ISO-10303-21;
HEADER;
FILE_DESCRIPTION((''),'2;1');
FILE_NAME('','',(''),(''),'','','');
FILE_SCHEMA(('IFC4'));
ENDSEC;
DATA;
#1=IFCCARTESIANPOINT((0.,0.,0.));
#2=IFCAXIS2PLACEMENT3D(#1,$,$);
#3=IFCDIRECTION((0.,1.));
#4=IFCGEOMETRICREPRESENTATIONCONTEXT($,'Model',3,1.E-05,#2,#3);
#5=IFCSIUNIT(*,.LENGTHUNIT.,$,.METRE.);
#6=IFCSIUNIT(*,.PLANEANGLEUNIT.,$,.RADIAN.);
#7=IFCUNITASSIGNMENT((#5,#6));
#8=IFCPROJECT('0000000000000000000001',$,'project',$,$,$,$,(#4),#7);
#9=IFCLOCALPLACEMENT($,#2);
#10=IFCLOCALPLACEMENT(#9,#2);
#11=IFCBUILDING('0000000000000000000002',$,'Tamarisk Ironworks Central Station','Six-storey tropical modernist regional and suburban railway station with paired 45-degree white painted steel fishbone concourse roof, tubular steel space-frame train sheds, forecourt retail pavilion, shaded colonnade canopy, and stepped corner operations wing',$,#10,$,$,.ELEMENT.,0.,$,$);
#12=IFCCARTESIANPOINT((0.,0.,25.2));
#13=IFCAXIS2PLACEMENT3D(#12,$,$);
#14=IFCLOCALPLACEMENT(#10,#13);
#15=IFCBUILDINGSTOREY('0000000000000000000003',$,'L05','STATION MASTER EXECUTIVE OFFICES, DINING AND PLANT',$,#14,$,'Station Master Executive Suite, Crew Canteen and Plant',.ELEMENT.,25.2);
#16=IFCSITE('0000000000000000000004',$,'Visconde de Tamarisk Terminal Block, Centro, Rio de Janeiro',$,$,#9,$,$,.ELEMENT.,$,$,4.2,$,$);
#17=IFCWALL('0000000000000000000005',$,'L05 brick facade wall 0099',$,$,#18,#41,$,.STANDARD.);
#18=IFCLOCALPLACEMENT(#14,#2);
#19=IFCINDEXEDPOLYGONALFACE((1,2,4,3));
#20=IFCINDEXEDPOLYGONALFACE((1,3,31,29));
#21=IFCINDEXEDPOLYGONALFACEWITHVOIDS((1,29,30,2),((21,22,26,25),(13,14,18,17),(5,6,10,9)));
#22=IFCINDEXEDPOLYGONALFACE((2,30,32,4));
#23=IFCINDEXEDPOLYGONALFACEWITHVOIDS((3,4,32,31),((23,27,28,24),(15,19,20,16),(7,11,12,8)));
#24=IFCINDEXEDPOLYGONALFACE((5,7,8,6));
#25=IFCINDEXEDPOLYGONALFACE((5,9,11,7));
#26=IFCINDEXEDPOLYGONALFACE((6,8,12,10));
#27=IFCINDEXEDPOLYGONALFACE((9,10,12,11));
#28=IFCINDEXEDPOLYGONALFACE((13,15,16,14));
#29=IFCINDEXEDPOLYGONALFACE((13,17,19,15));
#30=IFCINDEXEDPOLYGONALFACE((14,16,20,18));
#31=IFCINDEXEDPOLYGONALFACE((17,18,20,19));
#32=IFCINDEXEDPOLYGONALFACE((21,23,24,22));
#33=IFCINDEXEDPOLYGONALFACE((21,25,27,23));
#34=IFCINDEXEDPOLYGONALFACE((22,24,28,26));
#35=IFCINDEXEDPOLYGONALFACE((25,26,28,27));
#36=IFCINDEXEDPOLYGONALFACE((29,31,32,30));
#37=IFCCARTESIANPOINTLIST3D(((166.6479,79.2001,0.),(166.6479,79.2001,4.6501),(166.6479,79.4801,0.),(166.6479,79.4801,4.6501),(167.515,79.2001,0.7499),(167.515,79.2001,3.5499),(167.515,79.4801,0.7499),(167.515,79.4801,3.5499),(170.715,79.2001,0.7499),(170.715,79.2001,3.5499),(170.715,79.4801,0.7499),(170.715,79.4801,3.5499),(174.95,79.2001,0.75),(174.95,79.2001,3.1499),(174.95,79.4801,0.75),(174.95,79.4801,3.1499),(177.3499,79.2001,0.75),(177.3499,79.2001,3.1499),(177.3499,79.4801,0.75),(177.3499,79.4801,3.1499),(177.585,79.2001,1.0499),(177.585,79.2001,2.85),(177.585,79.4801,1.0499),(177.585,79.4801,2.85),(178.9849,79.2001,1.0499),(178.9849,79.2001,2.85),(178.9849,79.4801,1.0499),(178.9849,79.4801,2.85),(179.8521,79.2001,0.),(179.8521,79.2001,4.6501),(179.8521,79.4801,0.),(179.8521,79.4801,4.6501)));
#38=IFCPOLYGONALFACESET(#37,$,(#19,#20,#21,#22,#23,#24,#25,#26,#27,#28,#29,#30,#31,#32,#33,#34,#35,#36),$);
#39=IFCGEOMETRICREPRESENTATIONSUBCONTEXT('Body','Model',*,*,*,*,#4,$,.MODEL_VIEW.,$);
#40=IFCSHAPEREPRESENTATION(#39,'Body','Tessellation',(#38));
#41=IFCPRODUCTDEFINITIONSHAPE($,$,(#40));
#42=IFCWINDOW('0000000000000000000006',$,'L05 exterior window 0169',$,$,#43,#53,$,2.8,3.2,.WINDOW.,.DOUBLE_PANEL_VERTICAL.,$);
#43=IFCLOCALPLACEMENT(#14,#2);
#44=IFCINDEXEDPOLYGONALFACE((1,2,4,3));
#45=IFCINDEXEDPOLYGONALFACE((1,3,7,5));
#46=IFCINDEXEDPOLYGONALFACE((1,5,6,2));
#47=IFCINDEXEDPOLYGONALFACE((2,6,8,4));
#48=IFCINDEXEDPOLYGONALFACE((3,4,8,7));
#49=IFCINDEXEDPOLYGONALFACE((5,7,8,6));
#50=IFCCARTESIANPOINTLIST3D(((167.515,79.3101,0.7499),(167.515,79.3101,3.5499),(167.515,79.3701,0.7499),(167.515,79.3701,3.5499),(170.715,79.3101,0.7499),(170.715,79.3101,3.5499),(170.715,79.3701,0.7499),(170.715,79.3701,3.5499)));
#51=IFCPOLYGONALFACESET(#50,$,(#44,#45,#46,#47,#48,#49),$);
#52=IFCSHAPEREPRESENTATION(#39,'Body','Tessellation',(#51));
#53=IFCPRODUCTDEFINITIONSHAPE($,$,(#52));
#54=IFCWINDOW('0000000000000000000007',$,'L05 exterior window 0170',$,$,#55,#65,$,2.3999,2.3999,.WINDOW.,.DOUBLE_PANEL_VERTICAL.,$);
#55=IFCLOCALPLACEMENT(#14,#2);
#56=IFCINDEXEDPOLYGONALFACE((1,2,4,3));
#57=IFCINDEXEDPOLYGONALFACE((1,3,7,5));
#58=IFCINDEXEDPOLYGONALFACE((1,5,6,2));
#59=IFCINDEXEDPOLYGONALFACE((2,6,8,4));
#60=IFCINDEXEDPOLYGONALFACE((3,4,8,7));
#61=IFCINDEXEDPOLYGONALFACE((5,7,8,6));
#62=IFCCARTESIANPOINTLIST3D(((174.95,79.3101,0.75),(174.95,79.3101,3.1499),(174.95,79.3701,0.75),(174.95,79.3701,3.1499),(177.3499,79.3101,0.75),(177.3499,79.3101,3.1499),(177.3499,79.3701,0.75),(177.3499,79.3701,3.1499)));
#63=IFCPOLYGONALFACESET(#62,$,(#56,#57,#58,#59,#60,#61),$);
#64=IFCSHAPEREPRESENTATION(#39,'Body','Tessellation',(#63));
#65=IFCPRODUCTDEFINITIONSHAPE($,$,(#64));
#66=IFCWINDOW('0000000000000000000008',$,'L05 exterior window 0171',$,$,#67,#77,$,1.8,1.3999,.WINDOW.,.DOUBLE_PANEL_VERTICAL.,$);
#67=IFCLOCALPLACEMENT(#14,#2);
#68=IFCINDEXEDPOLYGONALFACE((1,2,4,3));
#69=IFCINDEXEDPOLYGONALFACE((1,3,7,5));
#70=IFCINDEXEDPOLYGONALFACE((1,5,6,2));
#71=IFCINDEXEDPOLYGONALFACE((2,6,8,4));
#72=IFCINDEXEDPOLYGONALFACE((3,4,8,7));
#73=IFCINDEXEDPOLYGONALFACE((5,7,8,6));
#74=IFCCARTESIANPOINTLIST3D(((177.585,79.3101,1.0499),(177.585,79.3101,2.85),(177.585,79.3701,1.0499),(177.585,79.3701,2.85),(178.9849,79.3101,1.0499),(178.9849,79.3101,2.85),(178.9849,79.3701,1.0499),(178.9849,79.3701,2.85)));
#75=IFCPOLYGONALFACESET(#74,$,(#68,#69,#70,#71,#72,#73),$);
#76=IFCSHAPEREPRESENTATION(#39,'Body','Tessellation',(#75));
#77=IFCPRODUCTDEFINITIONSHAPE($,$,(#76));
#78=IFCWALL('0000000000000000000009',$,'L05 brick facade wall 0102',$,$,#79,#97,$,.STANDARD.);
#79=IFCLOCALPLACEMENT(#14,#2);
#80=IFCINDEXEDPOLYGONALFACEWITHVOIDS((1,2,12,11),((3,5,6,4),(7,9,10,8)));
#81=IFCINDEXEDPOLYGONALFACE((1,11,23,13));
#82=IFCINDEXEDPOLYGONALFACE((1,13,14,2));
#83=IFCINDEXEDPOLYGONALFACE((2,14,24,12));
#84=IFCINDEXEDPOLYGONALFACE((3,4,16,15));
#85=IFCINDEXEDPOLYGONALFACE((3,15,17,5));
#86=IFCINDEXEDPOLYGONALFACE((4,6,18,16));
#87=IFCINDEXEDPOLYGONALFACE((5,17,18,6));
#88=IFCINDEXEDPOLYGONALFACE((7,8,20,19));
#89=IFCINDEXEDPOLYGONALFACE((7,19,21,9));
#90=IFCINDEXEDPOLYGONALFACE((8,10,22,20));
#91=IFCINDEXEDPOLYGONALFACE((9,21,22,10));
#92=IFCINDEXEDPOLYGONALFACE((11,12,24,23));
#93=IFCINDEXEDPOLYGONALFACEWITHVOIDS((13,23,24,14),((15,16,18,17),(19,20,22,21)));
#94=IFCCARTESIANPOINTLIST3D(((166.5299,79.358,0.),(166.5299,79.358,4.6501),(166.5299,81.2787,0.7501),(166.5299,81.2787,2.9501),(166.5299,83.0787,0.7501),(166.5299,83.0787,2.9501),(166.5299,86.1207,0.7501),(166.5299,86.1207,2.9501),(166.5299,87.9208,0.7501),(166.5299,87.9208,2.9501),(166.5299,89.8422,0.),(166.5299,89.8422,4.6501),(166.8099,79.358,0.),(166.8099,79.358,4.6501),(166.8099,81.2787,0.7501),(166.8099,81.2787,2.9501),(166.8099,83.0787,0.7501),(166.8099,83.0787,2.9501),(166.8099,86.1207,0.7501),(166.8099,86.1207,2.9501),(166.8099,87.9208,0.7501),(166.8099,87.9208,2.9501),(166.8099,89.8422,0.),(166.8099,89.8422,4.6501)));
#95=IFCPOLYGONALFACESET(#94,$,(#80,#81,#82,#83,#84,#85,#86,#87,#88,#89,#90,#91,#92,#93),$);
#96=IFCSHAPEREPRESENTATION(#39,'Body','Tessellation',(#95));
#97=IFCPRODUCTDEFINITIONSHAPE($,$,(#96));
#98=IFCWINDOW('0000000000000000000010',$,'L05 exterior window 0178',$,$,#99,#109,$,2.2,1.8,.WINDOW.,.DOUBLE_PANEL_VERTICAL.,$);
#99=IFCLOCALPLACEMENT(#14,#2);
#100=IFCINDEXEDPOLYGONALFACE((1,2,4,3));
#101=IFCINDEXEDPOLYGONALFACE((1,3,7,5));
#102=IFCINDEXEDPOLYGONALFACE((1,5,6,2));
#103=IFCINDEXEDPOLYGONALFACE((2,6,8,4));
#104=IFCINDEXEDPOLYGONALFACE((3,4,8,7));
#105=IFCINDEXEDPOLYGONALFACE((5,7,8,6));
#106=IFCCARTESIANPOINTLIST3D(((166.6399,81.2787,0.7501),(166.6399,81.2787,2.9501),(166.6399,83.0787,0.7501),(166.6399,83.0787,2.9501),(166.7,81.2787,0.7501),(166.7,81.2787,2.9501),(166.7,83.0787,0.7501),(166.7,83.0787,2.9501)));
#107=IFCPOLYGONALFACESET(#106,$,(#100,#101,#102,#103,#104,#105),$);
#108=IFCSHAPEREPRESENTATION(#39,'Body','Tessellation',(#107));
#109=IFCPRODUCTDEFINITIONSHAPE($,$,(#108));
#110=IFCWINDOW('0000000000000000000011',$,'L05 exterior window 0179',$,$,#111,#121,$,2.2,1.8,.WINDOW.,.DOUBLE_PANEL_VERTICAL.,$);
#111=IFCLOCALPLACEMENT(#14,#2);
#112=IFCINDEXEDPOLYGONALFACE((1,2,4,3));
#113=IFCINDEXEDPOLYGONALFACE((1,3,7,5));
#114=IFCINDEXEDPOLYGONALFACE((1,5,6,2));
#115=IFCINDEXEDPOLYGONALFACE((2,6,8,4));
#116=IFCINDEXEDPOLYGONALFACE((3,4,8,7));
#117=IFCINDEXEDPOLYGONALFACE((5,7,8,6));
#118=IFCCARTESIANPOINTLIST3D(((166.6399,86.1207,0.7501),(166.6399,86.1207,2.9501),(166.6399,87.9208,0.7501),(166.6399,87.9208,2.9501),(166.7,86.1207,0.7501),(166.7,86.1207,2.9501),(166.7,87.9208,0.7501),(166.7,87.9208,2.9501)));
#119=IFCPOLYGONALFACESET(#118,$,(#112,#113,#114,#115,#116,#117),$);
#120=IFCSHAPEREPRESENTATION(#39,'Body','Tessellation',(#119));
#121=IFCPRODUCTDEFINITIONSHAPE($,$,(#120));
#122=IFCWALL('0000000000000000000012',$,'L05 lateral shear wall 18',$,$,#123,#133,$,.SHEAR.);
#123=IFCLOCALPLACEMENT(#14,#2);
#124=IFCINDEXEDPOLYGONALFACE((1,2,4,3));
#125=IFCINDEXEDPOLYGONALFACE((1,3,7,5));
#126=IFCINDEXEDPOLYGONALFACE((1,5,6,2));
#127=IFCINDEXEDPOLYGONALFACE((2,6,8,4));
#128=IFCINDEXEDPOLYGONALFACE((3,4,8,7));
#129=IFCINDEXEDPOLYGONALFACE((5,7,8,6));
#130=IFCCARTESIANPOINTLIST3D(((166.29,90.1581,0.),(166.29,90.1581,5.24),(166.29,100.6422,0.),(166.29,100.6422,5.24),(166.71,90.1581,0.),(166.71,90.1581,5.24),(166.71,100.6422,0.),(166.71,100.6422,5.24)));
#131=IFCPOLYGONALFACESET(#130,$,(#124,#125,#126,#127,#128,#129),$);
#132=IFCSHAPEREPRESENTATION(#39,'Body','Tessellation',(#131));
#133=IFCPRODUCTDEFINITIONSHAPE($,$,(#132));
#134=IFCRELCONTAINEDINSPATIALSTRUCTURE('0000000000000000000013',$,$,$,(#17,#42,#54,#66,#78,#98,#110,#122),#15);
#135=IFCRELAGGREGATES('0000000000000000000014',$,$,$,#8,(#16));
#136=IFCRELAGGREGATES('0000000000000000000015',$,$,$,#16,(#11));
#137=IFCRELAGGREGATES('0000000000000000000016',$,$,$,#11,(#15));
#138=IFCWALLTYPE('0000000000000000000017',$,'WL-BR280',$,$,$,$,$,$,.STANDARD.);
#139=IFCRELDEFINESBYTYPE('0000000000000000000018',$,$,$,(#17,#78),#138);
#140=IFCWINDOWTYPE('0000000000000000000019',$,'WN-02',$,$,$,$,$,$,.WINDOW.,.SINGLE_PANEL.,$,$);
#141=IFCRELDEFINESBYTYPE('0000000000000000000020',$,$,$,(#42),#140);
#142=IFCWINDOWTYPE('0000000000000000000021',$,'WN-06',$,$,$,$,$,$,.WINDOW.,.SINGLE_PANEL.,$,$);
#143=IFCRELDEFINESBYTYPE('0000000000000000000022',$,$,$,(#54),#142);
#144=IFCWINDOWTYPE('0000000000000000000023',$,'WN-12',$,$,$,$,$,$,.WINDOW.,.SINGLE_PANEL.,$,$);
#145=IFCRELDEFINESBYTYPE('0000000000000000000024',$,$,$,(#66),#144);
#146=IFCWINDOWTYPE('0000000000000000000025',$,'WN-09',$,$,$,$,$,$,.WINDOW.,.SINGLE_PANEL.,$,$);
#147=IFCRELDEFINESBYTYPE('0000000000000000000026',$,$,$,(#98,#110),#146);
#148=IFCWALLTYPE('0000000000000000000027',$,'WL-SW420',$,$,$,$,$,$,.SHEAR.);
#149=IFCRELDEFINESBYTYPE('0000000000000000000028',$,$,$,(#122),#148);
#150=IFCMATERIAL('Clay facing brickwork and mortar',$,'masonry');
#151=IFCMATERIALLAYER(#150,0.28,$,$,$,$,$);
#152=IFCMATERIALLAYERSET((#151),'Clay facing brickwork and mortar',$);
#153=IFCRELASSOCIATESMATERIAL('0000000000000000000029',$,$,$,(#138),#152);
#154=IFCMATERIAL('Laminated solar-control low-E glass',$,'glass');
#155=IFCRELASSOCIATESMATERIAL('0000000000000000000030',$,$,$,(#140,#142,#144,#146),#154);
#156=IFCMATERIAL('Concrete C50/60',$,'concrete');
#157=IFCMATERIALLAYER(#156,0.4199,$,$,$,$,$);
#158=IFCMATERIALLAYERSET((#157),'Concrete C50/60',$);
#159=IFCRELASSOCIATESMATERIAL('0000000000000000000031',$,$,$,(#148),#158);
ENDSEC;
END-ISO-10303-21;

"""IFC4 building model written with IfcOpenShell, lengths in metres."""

from ifc_helpers import new_model, si_unit, direction, frame, frame_2d, origin, place, context, subcontext, project, spatial, rectangle, extrude, material, layer, layer_set, type_object, element, fill, save


model = new_model("IFC4")

# Units and contexts
model_context = context("Model", 3, precision=1e-05, world=origin(), true_north=direction((0.0, 1.0)))
body_context = subcontext(model_context, "Body", "Model", "MODEL_VIEW")
ifc_project = project(units=[si_unit("LENGTHUNIT", "METRE"), si_unit("PLANEANGLEUNIT", "RADIAN")], contexts=[model_context])

# Site, building, storey
site_placement = place(None, origin())
site = spatial("IfcSite", under=ifc_project, at=site_placement, Name="Visconde de Tamarisk Terminal Block, Centro, Rio de Janeiro", CompositionType="ELEMENT", RefElevation=4.2)
building_placement = place(site_placement, origin())
building = spatial("IfcBuilding", under=site, at=building_placement, Name="Tamarisk Ironworks Central Station", Description="Six-storey tropical modernist regional and suburban railway station with paired 45-degree white painted steel fishbone concourse roof, tubular steel space-frame train sheds, forecourt retail pavilion, shaded colonnade canopy, and stepped corner operations wing", CompositionType="ELEMENT", ElevationOfRefHeight=0.0)
storey_placement = place(building_placement, frame((0.0, 0.0, 25.2)))
storey = spatial("IfcBuildingStorey", under=building, at=storey_placement, Name="L05", Description="STATION MASTER EXECUTIVE OFFICES, DINING AND PLANT", LongName="Station Master Executive Suite, Crew Canteen and Plant", CompositionType="ELEMENT", Elevation=25.2)

# Walls, openings, windows
ifc_material_1 = material(Name="Clay facing brickwork and mortar", Category="masonry")
ifc_layer_1 = layer(ifc_material_1, 0.28)
ifc_layer_set_1 = layer_set([ifc_layer_1], Name="Clay facing brickwork and mortar")
wall_type_1 = type_object("IfcWallType", Name="WL-BR280", PredefinedType="STANDARD", material=ifc_layer_set_1)
wall_1_placement = place(storey_placement, frame((166.6479, 79.3401, 0.0), z_axis=(0.0, 0.0, 1.0), x_axis=(1.0, 0.0, 0.0)))
wall_1 = element("IfcWall", 1, at=wall_1_placement, inside=storey, type_object=wall_type_1, Name="L05 brick facade wall 0099", PredefinedType="STANDARD", context=body_context, shape_type="SweptSolid", body=[
    extrude(rectangle(XDim=13.2041, YDim=0.28, at=frame_2d((6.6021, 0.0))), origin(), (0.0, 0.0, 1.0), 4.6501),
])
opening_1_placement = place(wall_1_placement, frame((0.8669, 0.0, 0.75)))
opening_1 = element("IfcOpeningElement", 2, at=opening_1_placement, cuts=wall_1, PredefinedType="OPENING", context=body_context, shape_type="SweptSolid", body=[
    extrude(rectangle(XDim=3.2, YDim=2.8, at=frame_2d((1.6001, 1.3999))), frame((0.0, 0.1519, 0.0), z_axis=(0.0, -1.0, 0.0), x_axis=(1.0, 0.0, 0.0)), (0.0, 0.0, 1.0), 0.304),
])
opening_2_placement = place(wall_1_placement, frame((8.302, 0.0, 0.75)))
opening_2 = element("IfcOpeningElement", 3, at=opening_2_placement, cuts=wall_1, PredefinedType="OPENING", context=body_context, shape_type="SweptSolid", body=[
    extrude(rectangle(XDim=2.3999, YDim=2.3999, at=frame_2d((1.2, 1.2))), frame((0.0, 0.1519, 0.0), z_axis=(0.0, -1.0, 0.0), x_axis=(1.0, 0.0, 0.0)), (0.0, 0.0, 1.0), 0.304),
])
opening_3_placement = place(wall_1_placement, frame((10.937, 0.0, 1.05)))
opening_3 = element("IfcOpeningElement", 4, at=opening_3_placement, cuts=wall_1, PredefinedType="OPENING", context=body_context, shape_type="SweptSolid", body=[
    extrude(rectangle(XDim=1.3999, YDim=1.8, at=frame_2d((0.7, 0.8999))), frame((0.0, 0.1519, 0.0), z_axis=(0.0, -1.0, 0.0), x_axis=(1.0, 0.0, 0.0)), (0.0, 0.0, 1.0), 0.304),
])
ifc_material_2 = material(Name="Laminated solar-control low-E glass", Category="glass")
window_type_1 = type_object("IfcWindowType", Name="WN-02", PartitioningType="SINGLE_PANEL", PredefinedType="WINDOW", material=ifc_material_2)
window_1_placement = place(opening_1_placement, origin())
window_1 = element("IfcWindow", 5, at=window_1_placement, inside=storey, type_object=window_type_1, Name="L05 exterior window 0169", OverallHeight=2.8, OverallWidth=3.2, PartitioningType="DOUBLE_PANEL_VERTICAL", PredefinedType="WINDOW", context=body_context, shape_type="SweptSolid", body=[
    extrude(rectangle(XDim=3.2, YDim=2.8, at=frame_2d((1.6001, 1.3999))), frame((0.0, 0.03, 0.0), z_axis=(0.0, -1.0, 0.0), x_axis=(1.0, 0.0, 0.0)), (0.0, 0.0, 1.0), 0.0601),
])
fill(opening_1, window_1)
window_type_2 = type_object("IfcWindowType", Name="WN-06", PartitioningType="SINGLE_PANEL", PredefinedType="WINDOW", material=ifc_material_2)
window_2_placement = place(opening_2_placement, origin())
window_2 = element("IfcWindow", 6, at=window_2_placement, inside=storey, type_object=window_type_2, Name="L05 exterior window 0170", OverallHeight=2.3999, OverallWidth=2.3999, PartitioningType="DOUBLE_PANEL_VERTICAL", PredefinedType="WINDOW", context=body_context, shape_type="SweptSolid", body=[
    extrude(rectangle(XDim=2.3999, YDim=2.3999, at=frame_2d((1.2, 1.2))), frame((0.0, 0.03, 0.0), z_axis=(0.0, -1.0, 0.0), x_axis=(1.0, 0.0, 0.0)), (0.0, 0.0, 1.0), 0.0601),
])
fill(opening_2, window_2)
window_type_3 = type_object("IfcWindowType", Name="WN-12", PartitioningType="SINGLE_PANEL", PredefinedType="WINDOW", material=ifc_material_2)
window_3_placement = place(opening_3_placement, origin())
window_3 = element("IfcWindow", 7, at=window_3_placement, inside=storey, type_object=window_type_3, Name="L05 exterior window 0171", OverallHeight=1.8, OverallWidth=1.3999, PartitioningType="DOUBLE_PANEL_VERTICAL", PredefinedType="WINDOW", context=body_context, shape_type="SweptSolid", body=[
    extrude(rectangle(XDim=1.3999, YDim=1.8, at=frame_2d((0.7, 0.8999))), frame((0.0, 0.03, 0.0), z_axis=(0.0, -1.0, 0.0), x_axis=(1.0, 0.0, 0.0)), (0.0, 0.0, 1.0), 0.0601),
])
fill(opening_3, window_3)
wall_2_placement = place(storey_placement, frame((166.6699, 79.3579, 0.0), z_axis=(0.0, 0.0, 1.0), x_axis=(0.0, 1.0, 0.0)))
wall_2 = element("IfcWall", 8, at=wall_2_placement, inside=storey, type_object=wall_type_1, Name="L05 brick facade wall 0102", PredefinedType="STANDARD", context=body_context, shape_type="SweptSolid", body=[
    extrude(rectangle(XDim=10.4841, YDim=0.28, at=frame_2d((5.2422, 0.0))), origin(), (0.0, 0.0, 1.0), 4.6501),
])
opening_4_placement = place(wall_2_placement, frame((1.9209, 0.0, 0.75)))
opening_4 = element("IfcOpeningElement", 9, at=opening_4_placement, cuts=wall_2, PredefinedType="OPENING", context=body_context, shape_type="SweptSolid", body=[
    extrude(rectangle(XDim=1.8, YDim=2.2, at=frame_2d((0.8999, 1.1001))), frame((0.0, 0.1519, 0.0), z_axis=(0.0, -1.0, 0.0), x_axis=(1.0, 0.0, 0.0)), (0.0, 0.0, 1.0), 0.304),
])
opening_5_placement = place(wall_2_placement, frame((6.7629, 0.0, 0.75)))
opening_5 = element("IfcOpeningElement", 10, at=opening_5_placement, cuts=wall_2, PredefinedType="OPENING", context=body_context, shape_type="SweptSolid", body=[
    extrude(rectangle(XDim=1.8, YDim=2.2, at=frame_2d((0.8999, 1.1001))), frame((0.0, 0.1519, 0.0), z_axis=(0.0, -1.0, 0.0), x_axis=(1.0, 0.0, 0.0)), (0.0, 0.0, 1.0), 0.304),
])
window_type_4 = type_object("IfcWindowType", Name="WN-09", PartitioningType="SINGLE_PANEL", PredefinedType="WINDOW", material=ifc_material_2)
window_4_placement = place(opening_4_placement, origin())
window_4 = element("IfcWindow", 11, at=window_4_placement, inside=storey, type_object=window_type_4, Name="L05 exterior window 0178", OverallHeight=2.2, OverallWidth=1.8, PartitioningType="DOUBLE_PANEL_VERTICAL", PredefinedType="WINDOW", context=body_context, shape_type="SweptSolid", body=[
    extrude(rectangle(XDim=1.8, YDim=2.2, at=frame_2d((0.8999, 1.1001))), frame((0.0, 0.03, 0.0), z_axis=(0.0, -1.0, 0.0), x_axis=(1.0, 0.0, 0.0)), (0.0, 0.0, 1.0), 0.0601),
])
fill(opening_4, window_4)
window_5_placement = place(opening_5_placement, origin())
window_5 = element("IfcWindow", 12, at=window_5_placement, inside=storey, type_object=window_type_4, Name="L05 exterior window 0179", OverallHeight=2.2, OverallWidth=1.8, PartitioningType="DOUBLE_PANEL_VERTICAL", PredefinedType="WINDOW", context=body_context, shape_type="SweptSolid", body=[
    extrude(rectangle(XDim=1.8, YDim=2.2, at=frame_2d((0.8999, 1.1001))), frame((0.0, 0.03, 0.0), z_axis=(0.0, -1.0, 0.0), x_axis=(1.0, 0.0, 0.0)), (0.0, 0.0, 1.0), 0.0601),
])
fill(opening_5, window_5)

# Wall
ifc_material_3 = material(Name="Concrete C50/60", Category="concrete")
ifc_layer_2 = layer(ifc_material_3, 0.4199)
ifc_layer_set_2 = layer_set([ifc_layer_2], Name="Concrete C50/60")
wall_type_2 = type_object("IfcWallType", Name="WL-SW420", PredefinedType="SHEAR", material=ifc_layer_set_2)
wall_3_placement = place(storey_placement, frame((166.5, 90.158, 0.0), z_axis=(0.0, 0.0, 1.0), x_axis=(0.0, 1.0, 0.0)))
element("IfcWall", 13, at=wall_3_placement, inside=storey, type_object=wall_type_2, Name="L05 lateral shear wall 18", PredefinedType="SHEAR", context=body_context, shape_type="SweptSolid", body=[
    extrude(rectangle(XDim=10.4841, YDim=0.4199, at=frame_2d((5.2422, 0.0))), origin(), (0.0, 0.0, 1.0), 5.24),
])

save(model, "model.ifc")
